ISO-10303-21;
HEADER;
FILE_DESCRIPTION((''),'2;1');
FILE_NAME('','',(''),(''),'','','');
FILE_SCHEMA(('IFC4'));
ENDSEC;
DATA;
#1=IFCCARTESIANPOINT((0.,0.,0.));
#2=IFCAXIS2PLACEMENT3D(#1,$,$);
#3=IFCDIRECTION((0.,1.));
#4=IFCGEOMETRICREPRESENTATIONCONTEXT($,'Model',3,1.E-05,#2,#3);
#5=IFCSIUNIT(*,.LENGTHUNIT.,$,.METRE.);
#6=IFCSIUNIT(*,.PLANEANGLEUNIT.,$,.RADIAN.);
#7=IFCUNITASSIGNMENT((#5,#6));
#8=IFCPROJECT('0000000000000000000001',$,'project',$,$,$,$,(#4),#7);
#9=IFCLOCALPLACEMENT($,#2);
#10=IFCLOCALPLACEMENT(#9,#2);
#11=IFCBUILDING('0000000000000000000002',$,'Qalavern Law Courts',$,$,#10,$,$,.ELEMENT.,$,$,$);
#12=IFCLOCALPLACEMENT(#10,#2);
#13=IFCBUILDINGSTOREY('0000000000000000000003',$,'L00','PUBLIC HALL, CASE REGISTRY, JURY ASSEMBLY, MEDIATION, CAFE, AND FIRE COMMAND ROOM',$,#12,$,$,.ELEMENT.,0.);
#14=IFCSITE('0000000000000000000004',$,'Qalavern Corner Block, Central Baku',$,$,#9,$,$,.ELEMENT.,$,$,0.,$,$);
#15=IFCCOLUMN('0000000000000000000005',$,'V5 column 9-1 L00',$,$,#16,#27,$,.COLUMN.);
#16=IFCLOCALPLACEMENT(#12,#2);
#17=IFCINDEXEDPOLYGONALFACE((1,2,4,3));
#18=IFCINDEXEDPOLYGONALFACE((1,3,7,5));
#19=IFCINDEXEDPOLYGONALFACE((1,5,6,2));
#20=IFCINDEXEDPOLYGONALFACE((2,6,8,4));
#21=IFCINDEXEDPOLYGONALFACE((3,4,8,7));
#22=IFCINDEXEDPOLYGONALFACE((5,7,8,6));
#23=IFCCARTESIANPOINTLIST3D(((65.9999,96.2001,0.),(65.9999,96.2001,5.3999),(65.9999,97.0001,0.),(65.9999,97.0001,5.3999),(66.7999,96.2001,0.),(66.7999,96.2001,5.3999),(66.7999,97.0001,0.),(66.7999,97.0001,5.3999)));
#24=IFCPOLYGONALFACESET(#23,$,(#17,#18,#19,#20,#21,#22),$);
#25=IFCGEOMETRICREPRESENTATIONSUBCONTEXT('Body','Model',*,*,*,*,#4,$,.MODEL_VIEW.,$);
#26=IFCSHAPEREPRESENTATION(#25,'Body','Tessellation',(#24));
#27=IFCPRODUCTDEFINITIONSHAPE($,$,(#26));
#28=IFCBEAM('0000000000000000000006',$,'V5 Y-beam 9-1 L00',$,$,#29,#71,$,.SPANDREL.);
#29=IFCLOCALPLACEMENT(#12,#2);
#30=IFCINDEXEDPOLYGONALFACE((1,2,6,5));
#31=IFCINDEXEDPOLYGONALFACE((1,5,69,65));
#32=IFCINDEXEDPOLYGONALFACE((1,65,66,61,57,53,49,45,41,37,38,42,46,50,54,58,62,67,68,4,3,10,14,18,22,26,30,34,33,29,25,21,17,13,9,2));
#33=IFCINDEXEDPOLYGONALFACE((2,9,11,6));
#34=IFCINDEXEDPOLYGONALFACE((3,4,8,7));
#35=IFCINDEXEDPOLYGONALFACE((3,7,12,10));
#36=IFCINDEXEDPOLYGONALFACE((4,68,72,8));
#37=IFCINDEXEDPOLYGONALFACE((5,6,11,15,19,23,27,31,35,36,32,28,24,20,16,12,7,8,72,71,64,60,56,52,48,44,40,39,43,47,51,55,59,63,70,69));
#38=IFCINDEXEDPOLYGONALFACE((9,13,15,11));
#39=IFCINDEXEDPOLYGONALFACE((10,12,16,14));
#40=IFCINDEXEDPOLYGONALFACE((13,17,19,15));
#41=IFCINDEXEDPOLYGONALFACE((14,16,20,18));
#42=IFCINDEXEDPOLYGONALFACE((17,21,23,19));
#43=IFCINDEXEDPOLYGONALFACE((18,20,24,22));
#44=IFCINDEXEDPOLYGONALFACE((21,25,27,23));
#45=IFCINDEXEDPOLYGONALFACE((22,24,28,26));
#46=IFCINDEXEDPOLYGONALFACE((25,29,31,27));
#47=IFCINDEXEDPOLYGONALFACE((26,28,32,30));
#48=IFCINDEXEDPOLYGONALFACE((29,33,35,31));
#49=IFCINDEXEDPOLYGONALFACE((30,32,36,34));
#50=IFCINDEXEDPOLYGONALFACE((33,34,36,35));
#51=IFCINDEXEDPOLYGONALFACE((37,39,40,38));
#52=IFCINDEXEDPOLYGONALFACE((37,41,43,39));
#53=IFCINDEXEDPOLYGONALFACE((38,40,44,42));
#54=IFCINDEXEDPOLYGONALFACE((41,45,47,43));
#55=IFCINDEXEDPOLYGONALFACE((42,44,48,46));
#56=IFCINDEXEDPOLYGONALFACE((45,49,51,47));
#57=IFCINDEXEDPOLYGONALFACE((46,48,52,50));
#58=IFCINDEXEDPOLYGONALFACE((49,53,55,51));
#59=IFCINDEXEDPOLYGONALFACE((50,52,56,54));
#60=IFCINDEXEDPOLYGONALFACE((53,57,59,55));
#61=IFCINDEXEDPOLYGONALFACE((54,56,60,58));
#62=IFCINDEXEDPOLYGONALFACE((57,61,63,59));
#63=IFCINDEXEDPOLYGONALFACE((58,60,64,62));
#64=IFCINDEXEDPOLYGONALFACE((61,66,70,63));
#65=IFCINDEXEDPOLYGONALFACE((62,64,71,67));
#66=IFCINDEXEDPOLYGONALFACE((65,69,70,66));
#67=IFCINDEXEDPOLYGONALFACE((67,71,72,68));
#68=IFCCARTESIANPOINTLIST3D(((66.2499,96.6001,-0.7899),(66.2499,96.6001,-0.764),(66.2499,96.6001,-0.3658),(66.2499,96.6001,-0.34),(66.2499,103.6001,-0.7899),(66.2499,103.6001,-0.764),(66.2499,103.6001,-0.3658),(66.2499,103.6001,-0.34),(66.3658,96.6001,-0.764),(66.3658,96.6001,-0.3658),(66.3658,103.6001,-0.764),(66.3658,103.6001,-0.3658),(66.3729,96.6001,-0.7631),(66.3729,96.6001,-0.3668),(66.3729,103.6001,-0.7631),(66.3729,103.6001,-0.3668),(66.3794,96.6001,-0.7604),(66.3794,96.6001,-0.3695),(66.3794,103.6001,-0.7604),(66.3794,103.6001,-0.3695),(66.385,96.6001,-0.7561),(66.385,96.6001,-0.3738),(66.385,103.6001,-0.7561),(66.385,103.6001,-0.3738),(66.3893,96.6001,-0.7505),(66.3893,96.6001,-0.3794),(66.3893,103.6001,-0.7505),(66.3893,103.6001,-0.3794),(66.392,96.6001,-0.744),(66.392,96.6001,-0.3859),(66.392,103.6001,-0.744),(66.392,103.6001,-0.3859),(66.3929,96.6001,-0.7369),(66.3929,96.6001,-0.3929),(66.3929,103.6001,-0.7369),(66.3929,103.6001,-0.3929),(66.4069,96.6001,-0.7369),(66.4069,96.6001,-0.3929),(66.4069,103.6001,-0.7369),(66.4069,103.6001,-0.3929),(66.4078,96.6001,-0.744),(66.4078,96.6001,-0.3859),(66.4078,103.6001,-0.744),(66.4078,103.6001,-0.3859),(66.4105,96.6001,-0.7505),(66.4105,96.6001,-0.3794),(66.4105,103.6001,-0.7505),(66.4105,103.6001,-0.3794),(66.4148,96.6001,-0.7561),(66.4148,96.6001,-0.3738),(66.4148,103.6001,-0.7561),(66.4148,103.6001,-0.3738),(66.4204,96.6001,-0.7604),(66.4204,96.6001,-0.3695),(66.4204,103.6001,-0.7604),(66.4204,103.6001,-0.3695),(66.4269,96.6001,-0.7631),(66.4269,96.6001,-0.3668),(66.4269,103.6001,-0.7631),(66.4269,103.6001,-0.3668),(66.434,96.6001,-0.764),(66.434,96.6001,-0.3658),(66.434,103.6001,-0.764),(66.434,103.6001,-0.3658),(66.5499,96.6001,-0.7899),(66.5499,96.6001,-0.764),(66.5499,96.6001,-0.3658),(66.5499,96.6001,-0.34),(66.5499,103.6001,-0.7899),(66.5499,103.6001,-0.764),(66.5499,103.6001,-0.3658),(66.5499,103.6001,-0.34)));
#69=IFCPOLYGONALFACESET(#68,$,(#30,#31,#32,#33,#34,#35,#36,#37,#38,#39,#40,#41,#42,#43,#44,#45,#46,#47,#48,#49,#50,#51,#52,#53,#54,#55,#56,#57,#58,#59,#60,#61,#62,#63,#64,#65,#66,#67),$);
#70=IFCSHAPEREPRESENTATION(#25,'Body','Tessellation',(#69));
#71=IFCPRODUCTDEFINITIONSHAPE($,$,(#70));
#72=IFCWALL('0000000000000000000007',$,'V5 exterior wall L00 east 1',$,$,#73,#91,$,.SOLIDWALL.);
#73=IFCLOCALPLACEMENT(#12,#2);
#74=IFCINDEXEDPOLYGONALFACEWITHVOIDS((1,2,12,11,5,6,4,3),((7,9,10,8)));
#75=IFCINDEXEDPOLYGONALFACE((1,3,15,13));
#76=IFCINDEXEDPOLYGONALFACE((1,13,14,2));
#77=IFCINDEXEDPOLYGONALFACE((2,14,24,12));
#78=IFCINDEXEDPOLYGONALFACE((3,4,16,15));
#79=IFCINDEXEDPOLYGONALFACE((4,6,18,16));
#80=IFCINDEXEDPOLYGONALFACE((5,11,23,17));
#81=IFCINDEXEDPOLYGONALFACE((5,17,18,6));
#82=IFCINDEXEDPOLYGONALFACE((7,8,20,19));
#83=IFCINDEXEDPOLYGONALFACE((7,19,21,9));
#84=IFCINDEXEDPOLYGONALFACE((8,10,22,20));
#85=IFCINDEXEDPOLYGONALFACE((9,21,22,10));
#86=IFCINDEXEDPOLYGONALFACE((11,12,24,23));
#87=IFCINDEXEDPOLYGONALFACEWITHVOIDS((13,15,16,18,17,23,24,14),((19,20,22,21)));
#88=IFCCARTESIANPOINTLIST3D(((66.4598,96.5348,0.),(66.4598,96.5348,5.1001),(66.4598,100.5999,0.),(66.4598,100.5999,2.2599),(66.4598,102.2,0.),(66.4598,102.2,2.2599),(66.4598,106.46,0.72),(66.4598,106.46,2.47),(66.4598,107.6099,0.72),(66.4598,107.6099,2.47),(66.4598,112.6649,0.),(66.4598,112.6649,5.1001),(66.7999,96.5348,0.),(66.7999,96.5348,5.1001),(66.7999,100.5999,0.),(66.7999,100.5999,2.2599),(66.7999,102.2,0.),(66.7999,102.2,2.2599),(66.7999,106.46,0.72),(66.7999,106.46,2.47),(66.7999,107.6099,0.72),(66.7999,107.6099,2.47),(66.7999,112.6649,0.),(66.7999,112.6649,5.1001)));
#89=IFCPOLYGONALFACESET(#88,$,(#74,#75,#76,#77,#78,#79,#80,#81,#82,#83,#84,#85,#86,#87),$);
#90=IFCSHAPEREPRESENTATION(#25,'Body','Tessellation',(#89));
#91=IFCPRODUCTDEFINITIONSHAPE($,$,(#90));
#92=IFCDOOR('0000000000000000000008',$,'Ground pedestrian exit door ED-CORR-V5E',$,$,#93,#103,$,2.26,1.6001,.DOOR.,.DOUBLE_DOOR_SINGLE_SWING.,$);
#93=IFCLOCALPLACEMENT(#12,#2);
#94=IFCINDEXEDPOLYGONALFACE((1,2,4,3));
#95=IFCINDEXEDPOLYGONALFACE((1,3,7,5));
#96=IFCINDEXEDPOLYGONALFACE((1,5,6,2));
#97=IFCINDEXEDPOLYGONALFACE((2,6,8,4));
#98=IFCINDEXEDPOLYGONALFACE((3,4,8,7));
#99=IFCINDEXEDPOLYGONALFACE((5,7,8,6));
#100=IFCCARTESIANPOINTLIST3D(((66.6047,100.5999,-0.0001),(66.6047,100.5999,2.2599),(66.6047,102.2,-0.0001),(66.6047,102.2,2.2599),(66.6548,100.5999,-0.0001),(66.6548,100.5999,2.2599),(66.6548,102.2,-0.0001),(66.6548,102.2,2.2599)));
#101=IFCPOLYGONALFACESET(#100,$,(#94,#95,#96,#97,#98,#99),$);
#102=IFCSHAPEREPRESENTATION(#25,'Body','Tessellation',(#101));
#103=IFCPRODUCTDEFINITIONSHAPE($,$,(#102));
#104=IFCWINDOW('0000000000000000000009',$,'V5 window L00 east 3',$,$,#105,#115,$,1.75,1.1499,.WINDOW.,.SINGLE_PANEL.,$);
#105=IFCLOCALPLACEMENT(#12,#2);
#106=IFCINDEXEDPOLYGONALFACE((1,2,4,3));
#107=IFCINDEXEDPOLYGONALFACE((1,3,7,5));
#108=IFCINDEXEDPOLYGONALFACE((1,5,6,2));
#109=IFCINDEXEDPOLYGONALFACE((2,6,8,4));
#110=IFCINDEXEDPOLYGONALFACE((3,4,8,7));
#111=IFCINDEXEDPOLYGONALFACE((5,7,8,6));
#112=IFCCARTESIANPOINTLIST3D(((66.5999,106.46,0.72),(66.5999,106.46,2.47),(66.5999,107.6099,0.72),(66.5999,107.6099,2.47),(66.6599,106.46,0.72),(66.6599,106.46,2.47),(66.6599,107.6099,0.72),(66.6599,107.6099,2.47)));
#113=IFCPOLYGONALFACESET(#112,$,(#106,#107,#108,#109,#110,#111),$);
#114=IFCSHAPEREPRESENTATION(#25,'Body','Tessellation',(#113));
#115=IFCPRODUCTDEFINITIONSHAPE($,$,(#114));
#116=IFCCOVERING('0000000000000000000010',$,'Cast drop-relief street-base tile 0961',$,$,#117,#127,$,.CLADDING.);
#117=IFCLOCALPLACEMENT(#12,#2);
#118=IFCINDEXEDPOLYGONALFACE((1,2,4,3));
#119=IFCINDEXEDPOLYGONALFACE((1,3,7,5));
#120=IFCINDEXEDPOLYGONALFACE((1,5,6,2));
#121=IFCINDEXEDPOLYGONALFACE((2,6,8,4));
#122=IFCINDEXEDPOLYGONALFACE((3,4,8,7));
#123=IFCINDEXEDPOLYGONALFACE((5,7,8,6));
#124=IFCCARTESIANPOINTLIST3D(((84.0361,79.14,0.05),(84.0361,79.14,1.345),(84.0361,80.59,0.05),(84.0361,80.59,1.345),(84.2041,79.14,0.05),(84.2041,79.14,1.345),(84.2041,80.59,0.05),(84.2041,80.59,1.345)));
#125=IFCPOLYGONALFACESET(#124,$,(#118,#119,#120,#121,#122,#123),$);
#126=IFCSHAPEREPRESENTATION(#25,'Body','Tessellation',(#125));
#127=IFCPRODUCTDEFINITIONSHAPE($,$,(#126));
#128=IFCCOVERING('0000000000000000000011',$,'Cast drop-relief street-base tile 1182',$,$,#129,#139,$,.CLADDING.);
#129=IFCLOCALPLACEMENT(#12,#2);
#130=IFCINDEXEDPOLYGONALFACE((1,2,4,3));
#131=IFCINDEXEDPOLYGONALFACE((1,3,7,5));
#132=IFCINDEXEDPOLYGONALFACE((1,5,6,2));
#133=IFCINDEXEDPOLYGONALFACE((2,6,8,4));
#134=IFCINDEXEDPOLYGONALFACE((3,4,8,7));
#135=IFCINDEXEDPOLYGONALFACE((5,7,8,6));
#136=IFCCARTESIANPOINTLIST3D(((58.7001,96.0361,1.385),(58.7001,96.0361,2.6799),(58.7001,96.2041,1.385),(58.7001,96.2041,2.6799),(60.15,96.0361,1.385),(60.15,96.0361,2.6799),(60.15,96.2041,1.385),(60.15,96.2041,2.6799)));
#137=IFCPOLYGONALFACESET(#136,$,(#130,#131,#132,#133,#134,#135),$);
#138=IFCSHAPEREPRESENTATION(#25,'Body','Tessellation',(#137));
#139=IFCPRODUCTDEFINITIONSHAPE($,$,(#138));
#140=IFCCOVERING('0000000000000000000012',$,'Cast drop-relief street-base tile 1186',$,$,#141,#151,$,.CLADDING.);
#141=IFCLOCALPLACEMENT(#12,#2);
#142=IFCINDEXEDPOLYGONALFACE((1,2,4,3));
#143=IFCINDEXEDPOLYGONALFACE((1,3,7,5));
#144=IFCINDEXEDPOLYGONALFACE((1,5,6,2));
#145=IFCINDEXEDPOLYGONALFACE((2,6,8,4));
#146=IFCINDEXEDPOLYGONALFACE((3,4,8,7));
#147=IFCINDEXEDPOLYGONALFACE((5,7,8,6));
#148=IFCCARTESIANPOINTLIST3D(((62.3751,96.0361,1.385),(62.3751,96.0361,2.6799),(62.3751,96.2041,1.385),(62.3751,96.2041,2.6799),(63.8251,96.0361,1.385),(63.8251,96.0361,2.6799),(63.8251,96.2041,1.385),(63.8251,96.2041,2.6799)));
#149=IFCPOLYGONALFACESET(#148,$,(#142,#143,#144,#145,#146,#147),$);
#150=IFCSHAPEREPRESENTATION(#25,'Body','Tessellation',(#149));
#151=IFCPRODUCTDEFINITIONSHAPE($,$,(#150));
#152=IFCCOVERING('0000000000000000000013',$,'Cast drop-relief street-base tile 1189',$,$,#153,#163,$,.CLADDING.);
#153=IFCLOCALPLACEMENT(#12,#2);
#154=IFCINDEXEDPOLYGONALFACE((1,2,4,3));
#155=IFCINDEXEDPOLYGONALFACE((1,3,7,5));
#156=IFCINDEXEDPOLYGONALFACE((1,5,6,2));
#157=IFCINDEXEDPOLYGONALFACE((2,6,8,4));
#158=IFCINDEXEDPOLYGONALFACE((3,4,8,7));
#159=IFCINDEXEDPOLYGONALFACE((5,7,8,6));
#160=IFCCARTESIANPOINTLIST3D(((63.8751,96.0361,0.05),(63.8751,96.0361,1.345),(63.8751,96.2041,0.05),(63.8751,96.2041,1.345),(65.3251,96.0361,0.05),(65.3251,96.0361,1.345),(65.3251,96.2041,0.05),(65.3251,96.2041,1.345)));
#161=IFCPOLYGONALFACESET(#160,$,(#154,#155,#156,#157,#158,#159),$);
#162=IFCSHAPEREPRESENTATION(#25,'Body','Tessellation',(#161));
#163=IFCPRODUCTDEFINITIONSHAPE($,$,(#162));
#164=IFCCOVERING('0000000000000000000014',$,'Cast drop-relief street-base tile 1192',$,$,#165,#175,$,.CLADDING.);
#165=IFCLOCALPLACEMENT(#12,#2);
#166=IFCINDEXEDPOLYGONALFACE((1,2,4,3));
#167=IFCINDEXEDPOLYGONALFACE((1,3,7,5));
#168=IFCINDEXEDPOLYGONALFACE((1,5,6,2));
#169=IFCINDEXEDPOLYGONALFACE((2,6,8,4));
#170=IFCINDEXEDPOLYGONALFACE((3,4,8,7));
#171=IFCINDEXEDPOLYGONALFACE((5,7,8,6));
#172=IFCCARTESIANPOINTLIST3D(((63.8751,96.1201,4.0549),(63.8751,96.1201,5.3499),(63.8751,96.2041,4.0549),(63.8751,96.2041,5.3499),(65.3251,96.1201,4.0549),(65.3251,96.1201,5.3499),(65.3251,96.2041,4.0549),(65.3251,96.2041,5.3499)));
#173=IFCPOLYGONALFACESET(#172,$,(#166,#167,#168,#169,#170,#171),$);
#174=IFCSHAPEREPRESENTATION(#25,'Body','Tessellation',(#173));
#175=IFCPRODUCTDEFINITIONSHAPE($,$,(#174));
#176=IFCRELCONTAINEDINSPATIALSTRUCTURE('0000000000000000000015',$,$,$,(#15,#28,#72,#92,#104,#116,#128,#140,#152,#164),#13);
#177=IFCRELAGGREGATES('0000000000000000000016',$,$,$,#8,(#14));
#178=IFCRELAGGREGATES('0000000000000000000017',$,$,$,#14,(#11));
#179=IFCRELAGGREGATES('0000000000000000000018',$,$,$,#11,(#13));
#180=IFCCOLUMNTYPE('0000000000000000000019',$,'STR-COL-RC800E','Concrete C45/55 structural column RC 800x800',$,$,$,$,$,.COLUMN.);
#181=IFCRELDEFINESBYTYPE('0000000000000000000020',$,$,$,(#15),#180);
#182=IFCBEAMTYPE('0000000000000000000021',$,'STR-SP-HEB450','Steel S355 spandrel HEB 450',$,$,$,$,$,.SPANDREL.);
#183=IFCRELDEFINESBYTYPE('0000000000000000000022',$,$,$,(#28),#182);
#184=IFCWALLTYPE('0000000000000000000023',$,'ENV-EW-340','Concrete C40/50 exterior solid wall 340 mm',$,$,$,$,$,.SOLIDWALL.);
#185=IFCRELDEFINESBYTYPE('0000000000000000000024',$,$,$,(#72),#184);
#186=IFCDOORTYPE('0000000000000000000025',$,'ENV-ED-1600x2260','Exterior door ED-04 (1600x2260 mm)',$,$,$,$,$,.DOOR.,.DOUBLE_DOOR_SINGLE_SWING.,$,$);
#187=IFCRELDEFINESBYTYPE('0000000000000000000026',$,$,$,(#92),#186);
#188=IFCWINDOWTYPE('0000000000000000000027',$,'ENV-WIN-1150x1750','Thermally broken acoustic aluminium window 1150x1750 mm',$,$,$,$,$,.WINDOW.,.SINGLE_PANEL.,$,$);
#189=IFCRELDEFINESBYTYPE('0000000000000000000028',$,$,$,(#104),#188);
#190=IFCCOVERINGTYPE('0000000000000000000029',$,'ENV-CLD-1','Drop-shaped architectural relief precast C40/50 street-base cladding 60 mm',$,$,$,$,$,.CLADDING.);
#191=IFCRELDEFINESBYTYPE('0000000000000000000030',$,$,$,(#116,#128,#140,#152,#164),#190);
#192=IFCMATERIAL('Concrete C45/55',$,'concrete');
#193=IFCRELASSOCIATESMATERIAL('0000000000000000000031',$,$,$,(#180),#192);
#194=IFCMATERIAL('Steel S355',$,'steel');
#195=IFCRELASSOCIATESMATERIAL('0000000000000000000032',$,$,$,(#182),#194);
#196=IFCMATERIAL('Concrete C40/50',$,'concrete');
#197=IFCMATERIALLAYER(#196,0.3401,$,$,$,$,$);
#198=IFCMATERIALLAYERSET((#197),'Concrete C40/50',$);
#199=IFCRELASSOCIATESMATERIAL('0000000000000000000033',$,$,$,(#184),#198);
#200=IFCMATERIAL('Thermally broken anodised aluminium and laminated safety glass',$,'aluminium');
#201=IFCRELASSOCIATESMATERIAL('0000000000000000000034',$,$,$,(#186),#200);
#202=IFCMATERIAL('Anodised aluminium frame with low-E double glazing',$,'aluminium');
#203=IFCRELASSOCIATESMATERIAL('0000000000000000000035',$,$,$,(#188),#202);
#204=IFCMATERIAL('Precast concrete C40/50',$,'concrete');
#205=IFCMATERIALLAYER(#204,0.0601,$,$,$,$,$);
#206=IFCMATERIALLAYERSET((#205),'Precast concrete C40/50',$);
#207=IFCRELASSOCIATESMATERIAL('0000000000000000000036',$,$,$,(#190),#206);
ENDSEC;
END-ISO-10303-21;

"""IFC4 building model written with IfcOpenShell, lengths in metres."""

from ifc_helpers import new_model, si_unit, direction, frame, frame_2d, origin, origin_2d, place, context, subcontext, project, spatial, rectangle, i_section, extrude, material, layer, layer_set, material_profile, profile_set, type_object, element, fill, save


model = new_model("IFC4")

# Units and contexts
model_context = context("Model", 3, precision=1e-05, world=origin(), true_north=direction((0.0, 1.0)))
body_context = subcontext(model_context, "Body", "Model", "MODEL_VIEW")
ifc_project = project(units=[si_unit("LENGTHUNIT", "METRE"), si_unit("PLANEANGLEUNIT", "RADIAN")], contexts=[model_context])

# Site, building, storey
site_placement = place(None, origin())
site = spatial("IfcSite", under=ifc_project, at=site_placement, Name="Qalavern Corner Block, Central Baku", CompositionType="ELEMENT", RefElevation=0.0)
building_placement = place(site_placement, origin())
building = spatial("IfcBuilding", under=site, at=building_placement, Name="Qalavern Law Courts", CompositionType="ELEMENT")
storey_placement = place(building_placement, origin())
storey = spatial("IfcBuildingStorey", under=building, at=storey_placement, Name="L00", Description="PUBLIC HALL, CASE REGISTRY, JURY ASSEMBLY, MEDIATION, CAFE, AND FIRE COMMAND ROOM", CompositionType="ELEMENT", Elevation=0.0)

# Column
ifc_material_1 = material(Name="Concrete C45/55", Category="concrete")
ifc_material_profile_1 = material_profile(ifc_material_1, rectangle(XDim=0.8, YDim=0.8, at=origin_2d()), Name="RC 800x800")
ifc_profile_set_1 = profile_set([ifc_material_profile_1], Name="Concrete C45/55")
column_type = type_object("IfcColumnType", Name="STR-COL-RC800E", Description="Concrete C45/55 structural column RC 800x800", PredefinedType="COLUMN", material=ifc_profile_set_1)
column_placement = place(storey_placement, frame((66.3999, 96.6001, 0.0), z_axis=(0.0, 0.0, 1.0), x_axis=(1.0, 0.0, 0.0)))
element("IfcColumn", 1, at=column_placement, inside=storey, type_object=column_type, Name="V5 column 9-1 L00", PredefinedType="COLUMN", context=body_context, shape_type="SweptSolid", body=[
    extrude(rectangle(XDim=0.8, YDim=0.8, at=origin_2d()), origin(), (0.0, 0.0, 1.0), 5.3999),
])

# Beam
ifc_material_2 = material(Name="Steel S355", Category="steel")
ifc_material_profile_2 = material_profile(ifc_material_2, i_section(OverallWidth=0.3, OverallDepth=0.45, WebThickness=0.0139, FlangeThickness=0.0259, FilletRadius=0.0271, at=origin_2d()), Name="HEB 450")
ifc_profile_set_2 = profile_set([ifc_material_profile_2], Name="Steel S355")
beam_type = type_object("IfcBeamType", Name="STR-SP-HEB450", Description="Steel S355 spandrel HEB 450", PredefinedType="SPANDREL", material=ifc_profile_set_2)
beam_placement = place(storey_placement, frame((66.3999, 96.6001, -0.5649), z_axis=(0.0, 1.0, 0.0), x_axis=(-1.0, 0.0, 0.0)))
element("IfcBeam", 2, at=beam_placement, inside=storey, type_object=beam_type, Name="V5 Y-beam 9-1 L00", PredefinedType="SPANDREL", context=body_context, shape_type="SweptSolid", body=[
    extrude(i_section(OverallWidth=0.3, OverallDepth=0.45, WebThickness=0.0139, FlangeThickness=0.0259, FilletRadius=0.0271, at=origin_2d()), origin(), (0.0, 0.0, 1.0), 7.0),
])

# Wall, openings, door, window
ifc_material_3 = material(Name="Concrete C40/50", Category="concrete")
ifc_layer_1 = layer(ifc_material_3, 0.3401)
ifc_layer_set_1 = layer_set([ifc_layer_1], Name="Concrete C40/50")
wall_type = type_object("IfcWallType", Name="ENV-EW-340", Description="Concrete C40/50 exterior solid wall 340 mm", PredefinedType="SOLIDWALL", material=ifc_layer_set_1)
wall_placement = place(storey_placement, frame((66.6299, 96.5349, 0.0), z_axis=(0.0, 0.0, 1.0), x_axis=(0.0, 1.0, 0.0)))
wall = element("IfcWall", 3, at=wall_placement, inside=storey, type_object=wall_type, Name="V5 exterior wall L00 east 1", PredefinedType="SOLIDWALL", context=body_context, shape_type="SweptSolid", body=[
    extrude(rectangle(XDim=16.1301, YDim=0.3401, at=frame_2d((8.0649, 0.0))), origin(), (0.0, 0.0, 1.0), 5.1001),
])
opening_1_placement = place(wall_placement, frame((4.0649, 0.0, 0.0)))
opening_1 = element("IfcOpeningElement", 4, at=opening_1_placement, cuts=wall, PredefinedType="OPENING", context=body_context, shape_type="SweptSolid", body=[
    extrude(rectangle(XDim=1.6001, YDim=2.26, at=frame_2d((0.8, 1.1299))), frame((0.0, 0.1851, 0.0), z_axis=(0.0, -1.0, 0.0), x_axis=(1.0, 0.0, 0.0)), (0.0, 0.0, 1.0), 0.3699),
])
opening_2_placement = place(wall_placement, frame((9.925, 0.0, 0.72)))
opening_2 = element("IfcOpeningElement", 5, at=opening_2_placement, cuts=wall, PredefinedType="OPENING", context=body_context, shape_type="SweptSolid", body=[
    extrude(rectangle(XDim=1.1499, YDim=1.75, at=frame_2d((0.575, 0.875))), frame((0.0, 0.1851, 0.0), z_axis=(0.0, -1.0, 0.0), x_axis=(1.0, 0.0, 0.0)), (0.0, 0.0, 1.0), 0.3699),
])
ifc_material_4 = material(Name="Thermally broken anodised aluminium and laminated safety glass", Category="aluminium")
door_type = type_object("IfcDoorType", Name="ENV-ED-1600x2260", Description="Exterior door ED-04 (1600x2260 mm)", OperationType="DOUBLE_DOOR_SINGLE_SWING", PredefinedType="DOOR", material=ifc_material_4)
door_placement = place(opening_1_placement, frame((1.6001, 0.0, 0.0), z_axis=(0.0, 0.0, 1.0), x_axis=(-1.0, 0.0, 0.0)))
door = element("IfcDoor", 6, at=door_placement, inside=storey, type_object=door_type, Name="Ground pedestrian exit door ED-CORR-V5E", OperationType="DOUBLE_DOOR_SINGLE_SWING", OverallHeight=2.26, OverallWidth=1.6001, PredefinedType="DOOR", context=body_context, shape_type="SweptSolid", body=[
    extrude(rectangle(XDim=1.6001, YDim=2.26, at=frame_2d((0.8, 1.1299))), frame((0.0, 0.0249, 0.0), z_axis=(0.0, -1.0, 0.0), x_axis=(1.0, 0.0, 0.0)), (0.0, 0.0, 1.0), 0.05),
])
fill(opening_1, door)
ifc_material_5 = material(Name="Anodised aluminium frame with low-E double glazing", Category="aluminium")
window_type = type_object("IfcWindowType", Name="ENV-WIN-1150x1750", Description="Thermally broken acoustic aluminium window 1150x1750 mm", PartitioningType="SINGLE_PANEL", PredefinedType="WINDOW", material=ifc_material_5)
window_placement = place(opening_2_placement, origin())
window = element("IfcWindow", 7, at=window_placement, inside=storey, type_object=window_type, Name="V5 window L00 east 3", OverallHeight=1.75, OverallWidth=1.1499, PartitioningType="SINGLE_PANEL", PredefinedType="WINDOW", context=body_context, shape_type="SweptSolid", body=[
    extrude(rectangle(XDim=1.1499, YDim=1.75, at=frame_2d((0.575, 0.875))), frame((0.0, 0.03, 0.0), z_axis=(0.0, -1.0, 0.0), x_axis=(1.0, 0.0, 0.0)), (0.0, 0.0, 1.0), 0.0601),
])
fill(opening_2, window)

# Coverings
ifc_material_6 = material(Name="Precast concrete C40/50", Category="concrete")
ifc_layer_2 = layer(ifc_material_6, 0.0601)
ifc_layer_set_2 = layer_set([ifc_layer_2], Name="Precast concrete C40/50")
covering_type_1 = type_object("IfcCoveringType", Name="ENV-CLD-1", Description="Drop-shaped architectural relief precast C40/50 street-base cladding 60 mm", PredefinedType="CLADDING", material=ifc_layer_set_2)
for number, where, z_axis, x_axis, name in (
    (8, (84.1201, 79.865, 0.05), (0.0, 0.0, 1.0), (0.0, -1.0, 0.0), "Cast drop-relief street-base tile 0961"),
    (9, (59.425, 96.1201, 1.385), (0.0, 0.0, 1.0), (1.0, 0.0, 0.0), "Cast drop-relief street-base tile 1182"),
    (10, (63.1001, 96.1201, 1.385), (0.0, 0.0, 1.0), (1.0, 0.0, 0.0), "Cast drop-relief street-base tile 1186"),
    (11, (64.6001, 96.1201, 0.05), (0.0, 0.0, 1.0), (1.0, 0.0, 0.0), "Cast drop-relief street-base tile 1189"),
):
    element("IfcCovering", number, at=place(storey_placement, frame(where, z_axis=z_axis, x_axis=x_axis)), inside=storey, type_object=covering_type_1, Name=name, PredefinedType="CLADDING", context=body_context, shape_type="SweptSolid", body=[
        extrude(rectangle(XDim=1.45, YDim=0.168, at=origin_2d()), origin(), (0.0, 0.0, 1.0), 1.2949),
    ])
covering_1_placement = place(storey_placement, frame((64.6001, 96.1621, 4.0549), z_axis=(0.0, 0.0, 1.0), x_axis=(1.0, 0.0, 0.0)))
element("IfcCovering", 12, at=covering_1_placement, inside=storey, type_object=covering_type_1, Name="Cast drop-relief street-base tile 1192", PredefinedType="CLADDING", context=body_context, shape_type="SweptSolid", body=[
    extrude(rectangle(XDim=1.45, YDim=0.084, at=origin_2d()), origin(), (0.0, 0.0, 1.0), 1.2949),
])

save(model, "model.ifc")
